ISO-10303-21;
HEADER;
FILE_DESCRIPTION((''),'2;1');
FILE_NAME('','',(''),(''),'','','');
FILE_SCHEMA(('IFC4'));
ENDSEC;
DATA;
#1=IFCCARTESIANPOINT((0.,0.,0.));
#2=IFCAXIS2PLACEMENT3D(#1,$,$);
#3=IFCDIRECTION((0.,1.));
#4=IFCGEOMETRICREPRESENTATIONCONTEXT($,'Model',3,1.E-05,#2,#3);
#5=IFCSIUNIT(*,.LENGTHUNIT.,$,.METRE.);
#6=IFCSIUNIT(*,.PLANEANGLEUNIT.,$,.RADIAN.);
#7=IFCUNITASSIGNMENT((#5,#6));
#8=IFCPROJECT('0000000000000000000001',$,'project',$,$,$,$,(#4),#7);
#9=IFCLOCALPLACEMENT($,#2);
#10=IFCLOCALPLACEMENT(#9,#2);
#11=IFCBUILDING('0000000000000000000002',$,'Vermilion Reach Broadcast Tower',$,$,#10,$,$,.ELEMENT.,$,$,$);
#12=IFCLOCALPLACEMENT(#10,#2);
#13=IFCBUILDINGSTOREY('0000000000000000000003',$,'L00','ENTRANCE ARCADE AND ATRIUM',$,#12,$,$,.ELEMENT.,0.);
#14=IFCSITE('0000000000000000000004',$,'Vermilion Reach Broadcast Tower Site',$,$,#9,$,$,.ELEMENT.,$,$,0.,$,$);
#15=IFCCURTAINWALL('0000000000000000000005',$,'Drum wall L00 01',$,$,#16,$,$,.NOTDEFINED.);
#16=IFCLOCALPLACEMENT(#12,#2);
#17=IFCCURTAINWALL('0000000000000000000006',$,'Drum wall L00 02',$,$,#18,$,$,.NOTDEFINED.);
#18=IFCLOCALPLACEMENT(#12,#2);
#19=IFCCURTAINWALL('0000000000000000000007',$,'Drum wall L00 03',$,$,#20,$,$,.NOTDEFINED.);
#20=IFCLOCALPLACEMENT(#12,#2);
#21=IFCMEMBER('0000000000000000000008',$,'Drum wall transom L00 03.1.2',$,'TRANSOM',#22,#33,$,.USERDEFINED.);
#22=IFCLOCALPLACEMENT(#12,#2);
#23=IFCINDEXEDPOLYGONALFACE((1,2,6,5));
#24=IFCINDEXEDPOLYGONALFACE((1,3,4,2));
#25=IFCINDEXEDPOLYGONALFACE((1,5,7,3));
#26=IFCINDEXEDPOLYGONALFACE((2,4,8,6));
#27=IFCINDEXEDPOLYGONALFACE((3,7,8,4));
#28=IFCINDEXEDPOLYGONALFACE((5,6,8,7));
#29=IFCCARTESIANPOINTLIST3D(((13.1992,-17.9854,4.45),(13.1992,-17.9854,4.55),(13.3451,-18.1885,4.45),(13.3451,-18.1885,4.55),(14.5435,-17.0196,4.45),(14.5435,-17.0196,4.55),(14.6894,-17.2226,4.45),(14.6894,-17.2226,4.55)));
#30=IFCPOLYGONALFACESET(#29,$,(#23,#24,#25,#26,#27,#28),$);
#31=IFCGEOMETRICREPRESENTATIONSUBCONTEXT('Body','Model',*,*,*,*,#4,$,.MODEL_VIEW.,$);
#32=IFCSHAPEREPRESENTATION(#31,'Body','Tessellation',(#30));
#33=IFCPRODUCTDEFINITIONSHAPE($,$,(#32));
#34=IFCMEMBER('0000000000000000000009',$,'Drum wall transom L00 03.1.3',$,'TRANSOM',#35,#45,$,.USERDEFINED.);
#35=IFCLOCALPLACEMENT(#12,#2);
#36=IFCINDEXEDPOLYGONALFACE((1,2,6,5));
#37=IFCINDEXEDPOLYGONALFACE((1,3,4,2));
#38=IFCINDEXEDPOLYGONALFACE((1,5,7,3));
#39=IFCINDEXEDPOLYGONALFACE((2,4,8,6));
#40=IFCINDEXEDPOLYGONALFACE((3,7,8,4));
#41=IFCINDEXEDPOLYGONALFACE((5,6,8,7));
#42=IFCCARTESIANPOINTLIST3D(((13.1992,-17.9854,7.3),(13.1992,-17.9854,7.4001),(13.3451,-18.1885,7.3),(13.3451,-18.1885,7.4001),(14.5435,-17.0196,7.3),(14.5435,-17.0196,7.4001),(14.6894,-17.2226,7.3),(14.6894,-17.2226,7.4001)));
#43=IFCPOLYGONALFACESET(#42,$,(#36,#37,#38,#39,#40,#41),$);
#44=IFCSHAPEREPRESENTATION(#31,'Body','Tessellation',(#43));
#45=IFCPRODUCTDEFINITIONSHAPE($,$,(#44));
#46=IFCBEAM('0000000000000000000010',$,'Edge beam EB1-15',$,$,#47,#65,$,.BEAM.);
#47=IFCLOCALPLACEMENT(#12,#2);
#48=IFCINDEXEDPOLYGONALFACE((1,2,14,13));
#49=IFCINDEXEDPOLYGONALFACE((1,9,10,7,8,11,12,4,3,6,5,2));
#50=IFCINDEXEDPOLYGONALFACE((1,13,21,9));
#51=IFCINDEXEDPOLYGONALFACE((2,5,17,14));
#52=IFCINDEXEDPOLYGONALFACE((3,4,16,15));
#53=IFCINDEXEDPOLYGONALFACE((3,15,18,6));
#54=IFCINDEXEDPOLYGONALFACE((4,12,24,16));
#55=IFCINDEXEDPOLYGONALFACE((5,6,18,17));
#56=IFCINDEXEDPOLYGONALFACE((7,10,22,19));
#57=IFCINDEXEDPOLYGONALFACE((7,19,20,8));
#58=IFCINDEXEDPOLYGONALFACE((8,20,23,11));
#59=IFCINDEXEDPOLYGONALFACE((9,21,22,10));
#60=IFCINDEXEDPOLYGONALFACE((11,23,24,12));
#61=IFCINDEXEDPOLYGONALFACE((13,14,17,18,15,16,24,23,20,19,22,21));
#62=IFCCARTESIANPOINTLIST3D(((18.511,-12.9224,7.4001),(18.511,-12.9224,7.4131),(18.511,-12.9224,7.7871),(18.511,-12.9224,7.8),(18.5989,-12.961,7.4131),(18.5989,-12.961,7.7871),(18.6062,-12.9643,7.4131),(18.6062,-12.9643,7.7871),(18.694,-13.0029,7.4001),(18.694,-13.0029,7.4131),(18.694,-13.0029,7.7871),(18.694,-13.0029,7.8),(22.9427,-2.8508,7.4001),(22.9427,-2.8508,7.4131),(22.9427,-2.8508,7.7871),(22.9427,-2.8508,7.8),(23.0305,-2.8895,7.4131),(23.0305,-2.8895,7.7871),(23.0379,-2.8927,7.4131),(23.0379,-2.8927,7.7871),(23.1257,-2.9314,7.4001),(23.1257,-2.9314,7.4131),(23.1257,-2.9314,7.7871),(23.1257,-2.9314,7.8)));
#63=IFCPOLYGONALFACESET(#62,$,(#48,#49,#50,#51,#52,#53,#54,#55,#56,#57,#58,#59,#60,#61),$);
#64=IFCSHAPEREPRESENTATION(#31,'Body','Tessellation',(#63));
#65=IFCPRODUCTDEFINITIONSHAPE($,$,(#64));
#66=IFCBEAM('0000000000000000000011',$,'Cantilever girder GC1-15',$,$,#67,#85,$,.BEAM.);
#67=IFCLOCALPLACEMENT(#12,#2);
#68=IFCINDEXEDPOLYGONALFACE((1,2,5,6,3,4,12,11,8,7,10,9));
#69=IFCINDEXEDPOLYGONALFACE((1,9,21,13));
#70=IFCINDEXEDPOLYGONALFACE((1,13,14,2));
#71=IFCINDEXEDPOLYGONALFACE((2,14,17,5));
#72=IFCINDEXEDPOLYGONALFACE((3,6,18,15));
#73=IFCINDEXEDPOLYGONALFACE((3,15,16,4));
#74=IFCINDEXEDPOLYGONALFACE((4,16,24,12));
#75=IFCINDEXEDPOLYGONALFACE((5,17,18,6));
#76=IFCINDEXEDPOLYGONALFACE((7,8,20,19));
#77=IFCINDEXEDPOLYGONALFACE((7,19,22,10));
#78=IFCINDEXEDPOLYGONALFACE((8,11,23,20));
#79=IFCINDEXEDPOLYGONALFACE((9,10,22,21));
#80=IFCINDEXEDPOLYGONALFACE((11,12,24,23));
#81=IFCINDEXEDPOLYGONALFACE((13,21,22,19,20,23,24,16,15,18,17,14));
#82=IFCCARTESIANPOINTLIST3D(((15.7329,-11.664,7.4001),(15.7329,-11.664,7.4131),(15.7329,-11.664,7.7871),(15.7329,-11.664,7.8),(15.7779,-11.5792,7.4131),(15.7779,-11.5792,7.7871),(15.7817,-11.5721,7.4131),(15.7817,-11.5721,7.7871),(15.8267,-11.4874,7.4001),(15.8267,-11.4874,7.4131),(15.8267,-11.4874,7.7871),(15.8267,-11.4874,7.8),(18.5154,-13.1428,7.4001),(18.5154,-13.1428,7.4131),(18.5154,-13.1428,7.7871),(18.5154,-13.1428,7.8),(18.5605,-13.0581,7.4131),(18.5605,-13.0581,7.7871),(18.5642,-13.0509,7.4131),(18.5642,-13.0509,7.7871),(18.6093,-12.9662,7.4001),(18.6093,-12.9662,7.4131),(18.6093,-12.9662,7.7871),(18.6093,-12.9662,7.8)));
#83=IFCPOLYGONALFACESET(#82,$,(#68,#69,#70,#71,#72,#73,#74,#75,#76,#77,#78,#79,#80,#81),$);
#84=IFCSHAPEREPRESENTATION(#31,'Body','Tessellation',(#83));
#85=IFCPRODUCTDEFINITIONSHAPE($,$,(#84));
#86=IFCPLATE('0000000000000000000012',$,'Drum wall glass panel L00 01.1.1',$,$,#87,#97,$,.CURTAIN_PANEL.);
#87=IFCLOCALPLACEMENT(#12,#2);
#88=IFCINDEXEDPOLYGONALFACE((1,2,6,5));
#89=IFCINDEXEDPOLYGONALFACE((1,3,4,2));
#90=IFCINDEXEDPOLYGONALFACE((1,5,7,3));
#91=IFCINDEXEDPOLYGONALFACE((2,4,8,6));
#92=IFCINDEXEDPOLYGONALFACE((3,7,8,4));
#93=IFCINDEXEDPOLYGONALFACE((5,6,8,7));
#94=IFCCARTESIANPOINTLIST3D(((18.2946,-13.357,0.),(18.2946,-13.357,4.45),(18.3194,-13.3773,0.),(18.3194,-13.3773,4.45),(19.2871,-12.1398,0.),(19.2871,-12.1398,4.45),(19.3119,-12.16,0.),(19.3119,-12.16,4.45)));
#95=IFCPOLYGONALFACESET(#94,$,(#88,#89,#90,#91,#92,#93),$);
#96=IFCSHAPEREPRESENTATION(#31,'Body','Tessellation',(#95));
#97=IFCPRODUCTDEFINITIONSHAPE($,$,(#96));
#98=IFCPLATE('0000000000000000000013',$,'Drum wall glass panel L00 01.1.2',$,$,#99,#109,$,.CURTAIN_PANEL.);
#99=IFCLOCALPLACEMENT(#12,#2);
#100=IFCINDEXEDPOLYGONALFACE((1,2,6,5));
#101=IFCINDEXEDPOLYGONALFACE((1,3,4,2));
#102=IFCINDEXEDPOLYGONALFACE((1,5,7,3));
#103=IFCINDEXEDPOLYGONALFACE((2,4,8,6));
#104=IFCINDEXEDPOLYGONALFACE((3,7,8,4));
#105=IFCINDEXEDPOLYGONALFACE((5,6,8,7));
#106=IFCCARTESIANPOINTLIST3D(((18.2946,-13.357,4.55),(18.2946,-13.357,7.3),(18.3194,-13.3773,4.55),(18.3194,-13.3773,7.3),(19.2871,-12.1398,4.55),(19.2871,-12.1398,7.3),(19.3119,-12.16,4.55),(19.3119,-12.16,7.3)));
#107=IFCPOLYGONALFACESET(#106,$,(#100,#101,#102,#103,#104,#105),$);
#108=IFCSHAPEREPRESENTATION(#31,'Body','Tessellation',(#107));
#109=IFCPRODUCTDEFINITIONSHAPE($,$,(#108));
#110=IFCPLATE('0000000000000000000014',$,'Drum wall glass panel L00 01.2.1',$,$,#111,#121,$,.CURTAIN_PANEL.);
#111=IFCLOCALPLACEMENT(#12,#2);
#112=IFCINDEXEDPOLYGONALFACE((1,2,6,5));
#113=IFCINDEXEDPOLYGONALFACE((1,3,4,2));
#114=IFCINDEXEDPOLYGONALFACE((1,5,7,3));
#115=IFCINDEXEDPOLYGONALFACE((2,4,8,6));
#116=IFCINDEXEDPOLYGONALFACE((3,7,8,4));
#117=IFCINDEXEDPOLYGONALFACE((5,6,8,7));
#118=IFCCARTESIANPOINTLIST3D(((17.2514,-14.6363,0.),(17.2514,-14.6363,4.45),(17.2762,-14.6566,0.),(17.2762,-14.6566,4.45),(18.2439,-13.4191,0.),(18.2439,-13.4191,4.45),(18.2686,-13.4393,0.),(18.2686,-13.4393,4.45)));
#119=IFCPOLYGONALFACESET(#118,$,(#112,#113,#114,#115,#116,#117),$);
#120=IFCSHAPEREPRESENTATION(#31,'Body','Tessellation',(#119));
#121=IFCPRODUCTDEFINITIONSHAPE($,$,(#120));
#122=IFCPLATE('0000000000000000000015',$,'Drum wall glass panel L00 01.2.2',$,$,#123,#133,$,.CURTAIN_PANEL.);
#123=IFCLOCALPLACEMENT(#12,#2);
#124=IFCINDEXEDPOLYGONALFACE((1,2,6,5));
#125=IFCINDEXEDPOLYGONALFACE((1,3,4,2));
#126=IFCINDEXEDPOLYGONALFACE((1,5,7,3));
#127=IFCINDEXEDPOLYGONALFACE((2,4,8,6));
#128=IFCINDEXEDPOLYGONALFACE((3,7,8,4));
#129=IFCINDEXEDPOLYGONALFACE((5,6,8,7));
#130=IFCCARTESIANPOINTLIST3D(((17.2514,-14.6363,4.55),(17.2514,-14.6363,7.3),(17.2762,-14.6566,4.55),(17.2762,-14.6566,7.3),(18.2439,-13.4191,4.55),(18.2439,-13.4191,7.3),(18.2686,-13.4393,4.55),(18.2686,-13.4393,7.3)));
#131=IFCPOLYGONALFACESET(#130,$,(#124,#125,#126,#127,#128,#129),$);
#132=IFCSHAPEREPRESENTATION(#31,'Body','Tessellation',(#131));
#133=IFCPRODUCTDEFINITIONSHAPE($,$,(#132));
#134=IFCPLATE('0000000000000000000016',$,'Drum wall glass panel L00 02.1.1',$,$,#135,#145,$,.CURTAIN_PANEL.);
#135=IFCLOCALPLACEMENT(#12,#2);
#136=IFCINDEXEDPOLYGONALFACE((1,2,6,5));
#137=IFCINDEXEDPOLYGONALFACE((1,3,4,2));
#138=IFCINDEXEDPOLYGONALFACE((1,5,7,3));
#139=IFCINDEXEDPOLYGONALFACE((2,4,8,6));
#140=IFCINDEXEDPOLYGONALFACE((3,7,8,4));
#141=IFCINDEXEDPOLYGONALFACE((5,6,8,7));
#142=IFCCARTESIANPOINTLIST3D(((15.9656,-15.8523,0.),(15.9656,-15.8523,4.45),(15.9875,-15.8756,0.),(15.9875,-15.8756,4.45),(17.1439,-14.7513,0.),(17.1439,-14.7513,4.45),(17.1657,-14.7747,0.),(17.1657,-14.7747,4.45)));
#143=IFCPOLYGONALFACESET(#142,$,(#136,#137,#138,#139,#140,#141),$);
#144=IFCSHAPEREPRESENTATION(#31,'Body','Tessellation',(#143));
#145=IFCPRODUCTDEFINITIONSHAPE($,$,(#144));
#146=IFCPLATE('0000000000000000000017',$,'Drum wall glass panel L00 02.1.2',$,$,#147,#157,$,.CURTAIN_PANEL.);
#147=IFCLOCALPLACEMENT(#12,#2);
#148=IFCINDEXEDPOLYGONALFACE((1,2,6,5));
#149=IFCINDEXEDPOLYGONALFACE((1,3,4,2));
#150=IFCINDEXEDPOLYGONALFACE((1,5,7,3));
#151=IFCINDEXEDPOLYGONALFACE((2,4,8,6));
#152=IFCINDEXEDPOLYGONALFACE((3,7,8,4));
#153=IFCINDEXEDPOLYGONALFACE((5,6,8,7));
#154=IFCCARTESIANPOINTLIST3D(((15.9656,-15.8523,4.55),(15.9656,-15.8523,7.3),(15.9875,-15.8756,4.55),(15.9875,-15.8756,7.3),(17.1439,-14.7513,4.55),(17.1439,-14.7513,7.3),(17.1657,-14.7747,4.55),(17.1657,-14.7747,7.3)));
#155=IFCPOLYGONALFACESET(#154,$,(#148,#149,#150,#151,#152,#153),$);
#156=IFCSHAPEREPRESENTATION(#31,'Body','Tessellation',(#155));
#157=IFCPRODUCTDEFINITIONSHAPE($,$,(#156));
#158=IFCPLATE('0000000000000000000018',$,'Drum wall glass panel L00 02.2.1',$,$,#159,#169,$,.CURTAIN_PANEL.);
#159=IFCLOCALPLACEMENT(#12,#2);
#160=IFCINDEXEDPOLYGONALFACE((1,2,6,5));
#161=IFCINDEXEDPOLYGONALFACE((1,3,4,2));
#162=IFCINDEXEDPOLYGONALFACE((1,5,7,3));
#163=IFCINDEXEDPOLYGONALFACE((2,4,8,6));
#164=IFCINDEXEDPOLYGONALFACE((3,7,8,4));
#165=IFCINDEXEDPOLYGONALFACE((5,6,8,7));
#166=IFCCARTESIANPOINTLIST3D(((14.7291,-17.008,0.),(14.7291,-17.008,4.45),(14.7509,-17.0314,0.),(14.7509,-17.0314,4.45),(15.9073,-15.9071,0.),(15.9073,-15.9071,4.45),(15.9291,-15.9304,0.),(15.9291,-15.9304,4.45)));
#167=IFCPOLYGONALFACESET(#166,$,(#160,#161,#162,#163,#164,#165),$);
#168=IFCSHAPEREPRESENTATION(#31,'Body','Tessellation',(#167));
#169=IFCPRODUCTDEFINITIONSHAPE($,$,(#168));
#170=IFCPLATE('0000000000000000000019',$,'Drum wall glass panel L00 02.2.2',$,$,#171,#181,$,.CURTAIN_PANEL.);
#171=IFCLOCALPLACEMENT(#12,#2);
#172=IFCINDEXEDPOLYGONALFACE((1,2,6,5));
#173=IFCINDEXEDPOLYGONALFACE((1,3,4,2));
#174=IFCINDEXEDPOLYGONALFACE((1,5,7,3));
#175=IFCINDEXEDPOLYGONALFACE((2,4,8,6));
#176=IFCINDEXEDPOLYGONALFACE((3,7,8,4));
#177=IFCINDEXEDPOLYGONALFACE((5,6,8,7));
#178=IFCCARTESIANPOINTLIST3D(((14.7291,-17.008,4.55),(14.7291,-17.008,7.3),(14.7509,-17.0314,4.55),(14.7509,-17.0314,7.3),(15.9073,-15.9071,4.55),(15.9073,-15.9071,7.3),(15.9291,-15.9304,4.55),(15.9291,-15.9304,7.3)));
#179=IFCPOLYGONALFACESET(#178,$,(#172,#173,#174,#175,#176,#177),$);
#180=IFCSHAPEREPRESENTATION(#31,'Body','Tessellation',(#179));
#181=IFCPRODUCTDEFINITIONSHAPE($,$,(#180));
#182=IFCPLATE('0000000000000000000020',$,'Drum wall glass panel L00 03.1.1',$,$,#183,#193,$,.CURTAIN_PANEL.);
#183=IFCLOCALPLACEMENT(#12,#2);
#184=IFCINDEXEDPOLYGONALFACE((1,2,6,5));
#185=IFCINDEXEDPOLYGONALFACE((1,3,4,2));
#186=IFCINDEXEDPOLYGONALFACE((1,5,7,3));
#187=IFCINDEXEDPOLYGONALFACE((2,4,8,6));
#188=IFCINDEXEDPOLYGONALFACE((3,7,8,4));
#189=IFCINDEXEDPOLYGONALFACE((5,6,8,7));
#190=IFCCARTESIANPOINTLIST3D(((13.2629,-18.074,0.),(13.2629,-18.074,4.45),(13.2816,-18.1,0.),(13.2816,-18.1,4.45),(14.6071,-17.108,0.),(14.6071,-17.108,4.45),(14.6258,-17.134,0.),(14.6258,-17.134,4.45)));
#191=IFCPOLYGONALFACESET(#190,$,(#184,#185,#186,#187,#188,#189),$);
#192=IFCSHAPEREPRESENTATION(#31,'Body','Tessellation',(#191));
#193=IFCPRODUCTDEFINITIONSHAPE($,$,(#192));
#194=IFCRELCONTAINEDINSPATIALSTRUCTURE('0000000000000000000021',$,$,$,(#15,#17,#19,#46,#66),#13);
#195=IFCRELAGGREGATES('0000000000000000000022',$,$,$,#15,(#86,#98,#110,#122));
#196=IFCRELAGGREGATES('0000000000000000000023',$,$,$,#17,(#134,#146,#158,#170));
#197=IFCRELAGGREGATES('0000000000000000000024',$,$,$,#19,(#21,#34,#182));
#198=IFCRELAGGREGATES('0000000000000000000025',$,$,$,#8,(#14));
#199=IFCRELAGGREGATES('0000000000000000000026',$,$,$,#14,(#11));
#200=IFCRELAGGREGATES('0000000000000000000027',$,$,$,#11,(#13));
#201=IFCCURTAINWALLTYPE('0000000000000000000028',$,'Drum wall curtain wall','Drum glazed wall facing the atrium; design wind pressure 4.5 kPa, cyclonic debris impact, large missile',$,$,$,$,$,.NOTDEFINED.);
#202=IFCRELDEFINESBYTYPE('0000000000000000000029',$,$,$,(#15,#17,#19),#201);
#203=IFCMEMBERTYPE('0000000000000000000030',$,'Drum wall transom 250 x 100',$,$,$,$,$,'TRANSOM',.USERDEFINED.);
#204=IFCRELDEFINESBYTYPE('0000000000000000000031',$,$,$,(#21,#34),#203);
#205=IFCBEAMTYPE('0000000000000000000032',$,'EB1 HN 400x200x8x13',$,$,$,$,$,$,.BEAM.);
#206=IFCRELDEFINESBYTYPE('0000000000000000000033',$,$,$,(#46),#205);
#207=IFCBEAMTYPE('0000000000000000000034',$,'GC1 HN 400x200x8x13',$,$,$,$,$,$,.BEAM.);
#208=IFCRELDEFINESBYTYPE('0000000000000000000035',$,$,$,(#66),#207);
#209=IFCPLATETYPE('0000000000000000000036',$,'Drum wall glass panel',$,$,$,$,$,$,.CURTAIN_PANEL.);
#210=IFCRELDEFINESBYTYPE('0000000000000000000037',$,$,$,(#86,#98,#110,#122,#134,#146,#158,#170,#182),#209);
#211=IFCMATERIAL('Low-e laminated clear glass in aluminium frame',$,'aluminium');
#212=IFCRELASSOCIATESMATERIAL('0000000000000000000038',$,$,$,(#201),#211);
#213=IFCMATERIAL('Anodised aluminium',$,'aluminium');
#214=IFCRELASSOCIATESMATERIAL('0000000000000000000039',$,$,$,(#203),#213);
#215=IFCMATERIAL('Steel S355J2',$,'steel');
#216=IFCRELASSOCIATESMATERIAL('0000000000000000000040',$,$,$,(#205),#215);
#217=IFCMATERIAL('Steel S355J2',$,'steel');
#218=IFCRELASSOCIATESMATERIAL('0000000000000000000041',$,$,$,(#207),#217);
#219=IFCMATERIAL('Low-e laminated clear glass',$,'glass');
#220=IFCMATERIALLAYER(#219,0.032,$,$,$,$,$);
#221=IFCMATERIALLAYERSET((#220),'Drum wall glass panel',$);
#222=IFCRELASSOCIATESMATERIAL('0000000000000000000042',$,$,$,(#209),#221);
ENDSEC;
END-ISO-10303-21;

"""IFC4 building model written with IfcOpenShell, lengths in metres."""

from ifc_helpers import new_model, si_unit, direction, frame, origin, origin_2d, place, context, subcontext, project, spatial, rectangle, i_section, extrude, material, layer, layer_set, material_profile, profile_set, type_object, element, aggregate, save


model = new_model("IFC4")

# Units and contexts
model_context = context("Model", 3, precision=1e-05, world=origin(), true_north=direction((0.0, 1.0)))
body_context = subcontext(model_context, "Body", "Model", "MODEL_VIEW")
ifc_project = project(units=[si_unit("LENGTHUNIT", "METRE"), si_unit("PLANEANGLEUNIT", "RADIAN")], contexts=[model_context])

# Site, building, storey
site_placement = place(None, origin())
site = spatial("IfcSite", under=ifc_project, at=site_placement, Name="Vermilion Reach Broadcast Tower Site", CompositionType="ELEMENT", RefElevation=0.0)
building_placement = place(site_placement, origin())
building = spatial("IfcBuilding", under=site, at=building_placement, Name="Vermilion Reach Broadcast Tower", CompositionType="ELEMENT")
storey_placement = place(building_placement, origin())
storey = spatial("IfcBuildingStorey", under=building, at=storey_placement, Name="L00", Description="ENTRANCE ARCADE AND ATRIUM", CompositionType="ELEMENT", Elevation=0.0)

# Curtain walls
ifc_material_1 = material(Name="Low-e laminated clear glass in aluminium frame", Category="aluminium")
curtain_wall_type = type_object("IfcCurtainWallType", Name="Drum wall curtain wall", Description="Drum glazed wall facing the atrium; design wind pressure 4.5 kPa, cyclonic debris impact, large missile", PredefinedType="NOTDEFINED", material=ifc_material_1)
placement = place(storey_placement, origin())
curtain_wall_1 = element("IfcCurtainWall", 1, at=placement, inside=storey, type_object=curtain_wall_type, Name="Drum wall L00 01", PredefinedType="NOTDEFINED")
curtain_wall_2 = element("IfcCurtainWall", 2, at=placement, inside=storey, type_object=curtain_wall_type, Name="Drum wall L00 02", PredefinedType="NOTDEFINED")

# Curtain wall
curtain_wall_3 = element("IfcCurtainWall", 3, at=placement, inside=storey, type_object=curtain_wall_type, Name="Drum wall L00 03", PredefinedType="NOTDEFINED")

# Members
ifc_material_2 = material(Name="Anodised aluminium", Category="aluminium")
ifc_material_profile_1 = material_profile(ifc_material_2, rectangle(XDim=0.25, YDim=0.1001, at=origin_2d()), Name="Drum wall transom 250 x 100")
ifc_profile_set_1 = profile_set([ifc_material_profile_1], Name="Anodised aluminium")
member_type_1 = type_object("IfcMemberType", Name="Drum wall transom 250 x 100", ElementType="TRANSOM", PredefinedType="USERDEFINED", material=ifc_profile_set_1)
member_1_placement = place(storey_placement, frame((14.6165, -17.1211, 4.5), z_axis=(-0.812116, -0.583496, 0.0), x_axis=(0.583496, -0.812116, 0.0)))
member_1 = element("IfcMember", 4, at=member_1_placement, type_object=member_type_1, Name="Drum wall transom L00 03.1.2", ObjectType="TRANSOM", PredefinedType="USERDEFINED", context=body_context, shape_type="SweptSolid", body=[
    extrude(rectangle(XDim=0.25, YDim=0.1001, at=origin_2d()), origin(), (0.0, 0.0, 1.0), 1.6553),
])
member_2_placement = place(storey_placement, frame((14.6165, -17.1211, 7.3501), z_axis=(-0.812116, -0.583496, 0.0), x_axis=(0.583496, -0.812116, 0.0)))
member_2 = element("IfcMember", 5, at=member_2_placement, type_object=member_type_1, Name="Drum wall transom L00 03.1.3", ObjectType="TRANSOM", PredefinedType="USERDEFINED", context=body_context, shape_type="SweptSolid", body=[
    extrude(rectangle(XDim=0.25, YDim=0.1001, at=origin_2d()), origin(), (0.0, 0.0, 1.0), 1.6553),
])

# Beams
ifc_material_3 = material(Name="Steel S355J2", Category="steel")
ifc_material_profile_2 = material_profile(ifc_material_3, i_section(OverallWidth=0.2, OverallDepth=0.3999, WebThickness=0.0081, FlangeThickness=0.0129, at=origin_2d()), Name="S355J2 HN 400x200x8x13")
ifc_profile_set_2 = profile_set([ifc_material_profile_2], Name="Steel S355J2")
beam_type_1 = type_object("IfcBeamType", Name="EB1 HN 400x200x8x13", PredefinedType="BEAM", material=ifc_profile_set_2)
beam_1_placement = place(storey_placement, frame((18.6025, -12.9626, 7.6001), z_axis=(0.402751, 0.915309, 0.0), x_axis=(-0.915309, 0.402751, 0.0)))
element("IfcBeam", 6, at=beam_1_placement, inside=storey, type_object=beam_type_1, Name="Edge beam EB1-15", PredefinedType="BEAM", context=body_context, shape_type="SweptSolid", body=[
    extrude(i_section(OverallWidth=0.2, OverallDepth=0.3999, WebThickness=0.0081, FlangeThickness=0.0129, at=origin_2d()), origin(), (0.0, 0.0, 1.0), 11.0034),
])
ifc_material_4 = material(Name="Steel S355J2", Category="steel")
ifc_material_profile_3 = material_profile(ifc_material_4, i_section(OverallWidth=0.2, OverallDepth=0.3999, WebThickness=0.0081, FlangeThickness=0.0129, at=origin_2d()), Name="S355J2 HN 400x200x8x13")
ifc_profile_set_3 = profile_set([ifc_material_profile_3], Name="Steel S355J2")
beam_type_2 = type_object("IfcBeamType", Name="GC1 HN 400x200x8x13", PredefinedType="BEAM", material=ifc_profile_set_3)
beam_2_placement = place(storey_placement, frame((15.7798, -11.5757, 7.6001), z_axis=(0.88304, -0.469297, 0.0), x_axis=(0.469297, 0.88304, 0.0)))
element("IfcBeam", 7, at=beam_2_placement, inside=storey, type_object=beam_type_2, Name="Cantilever girder GC1-15", PredefinedType="BEAM", context=body_context, shape_type="SweptSolid", body=[
    extrude(i_section(OverallWidth=0.2, OverallDepth=0.3999, WebThickness=0.0081, FlangeThickness=0.0129, at=origin_2d()), origin(), (0.0, 0.0, 1.0), 3.1511),
])

# Plates
ifc_material_5 = material(Name="Low-e laminated clear glass", Category="glass")
ifc_layer_1 = layer(ifc_material_5, 0.032)
ifc_layer_set_1 = layer_set([ifc_layer_1], Name="Drum wall glass panel")
plate_type = type_object("IfcPlateType", Name="Drum wall glass panel", PredefinedType="CURTAIN_PANEL", material=ifc_layer_set_1)
plate_1_placement = place(storey_placement, frame((18.8032, -12.7585, 0.0), z_axis=(0.0, 0.0, 1.0), x_axis=(-0.631931, -0.775025, 0.0)))
plate_1 = element("IfcPlate", 8, at=plate_1_placement, type_object=plate_type, Name="Drum wall glass panel L00 01.1.1", PredefinedType="CURTAIN_PANEL", context=body_context, shape_type="SweptSolid", body=[
    extrude(rectangle(XDim=1.5706, YDim=0.032, at=origin_2d()), origin(), (0.0, 0.0, 1.0), 4.45),
])
plate_2_placement = place(storey_placement, frame((18.8032, -12.7585, 4.55), z_axis=(0.0, 0.0, 1.0), x_axis=(-0.631931, -0.775025, 0.0)))
plate_2 = element("IfcPlate", 9, at=plate_2_placement, type_object=plate_type, Name="Drum wall glass panel L00 01.1.2", PredefinedType="CURTAIN_PANEL", context=body_context, shape_type="SweptSolid", body=[
    extrude(rectangle(XDim=1.5706, YDim=0.032, at=origin_2d()), origin(), (0.0, 0.0, 1.0), 2.75),
])
plate_3_placement = place(storey_placement, frame((17.76, -14.0378, 0.0), z_axis=(0.0, 0.0, 1.0), x_axis=(-0.631931, -0.775025, 0.0)))
plate_3 = element("IfcPlate", 10, at=plate_3_placement, type_object=plate_type, Name="Drum wall glass panel L00 01.2.1", PredefinedType="CURTAIN_PANEL", context=body_context, shape_type="SweptSolid", body=[
    extrude(rectangle(XDim=1.5706, YDim=0.032, at=origin_2d()), origin(), (0.0, 0.0, 1.0), 4.45),
])
plate_4_placement = place(storey_placement, frame((17.76, -14.0378, 4.55), z_axis=(0.0, 0.0, 1.0), x_axis=(-0.631931, -0.775025, 0.0)))
plate_4 = element("IfcPlate", 11, at=plate_4_placement, type_object=plate_type, Name="Drum wall glass panel L00 01.2.2", PredefinedType="CURTAIN_PANEL", context=body_context, shape_type="SweptSolid", body=[
    extrude(rectangle(XDim=1.5706, YDim=0.032, at=origin_2d()), origin(), (0.0, 0.0, 1.0), 2.75),
])
aggregate(curtain_wall_1, [plate_1, plate_2, plate_3, plate_4])
plate_5_placement = place(storey_placement, frame((16.5657, -15.3135, 0.0), z_axis=(0.0, 0.0, 1.0), x_axis=(-0.730654, -0.682748, 0.0)))
plate_5 = element("IfcPlate", 12, at=plate_5_placement, type_object=plate_type, Name="Drum wall glass panel L00 02.1.1", PredefinedType="CURTAIN_PANEL", context=body_context, shape_type="SweptSolid", body=[
    extrude(rectangle(XDim=1.6125, YDim=0.032, at=origin_2d()), origin(), (0.0, 0.0, 1.0), 4.45),
])
plate_6_placement = place(storey_placement, frame((16.5657, -15.3135, 4.55), z_axis=(0.0, 0.0, 1.0), x_axis=(-0.730654, -0.682748, 0.0)))
plate_6 = element("IfcPlate", 13, at=plate_6_placement, type_object=plate_type, Name="Drum wall glass panel L00 02.1.2", PredefinedType="CURTAIN_PANEL", context=body_context, shape_type="SweptSolid", body=[
    extrude(rectangle(XDim=1.6125, YDim=0.032, at=origin_2d()), origin(), (0.0, 0.0, 1.0), 2.75),
])
plate_7_placement = place(storey_placement, frame((15.3291, -16.4692, 0.0), z_axis=(0.0, 0.0, 1.0), x_axis=(-0.730654, -0.682748, 0.0)))
plate_7 = element("IfcPlate", 14, at=plate_7_placement, type_object=plate_type, Name="Drum wall glass panel L00 02.2.1", PredefinedType="CURTAIN_PANEL", context=body_context, shape_type="SweptSolid", body=[
    extrude(rectangle(XDim=1.6125, YDim=0.032, at=origin_2d()), origin(), (0.0, 0.0, 1.0), 4.45),
])
plate_8_placement = place(storey_placement, frame((15.3291, -16.4692, 4.55), z_axis=(0.0, 0.0, 1.0), x_axis=(-0.730654, -0.682748, 0.0)))
plate_8 = element("IfcPlate", 15, at=plate_8_placement, type_object=plate_type, Name="Drum wall glass panel L00 02.2.2", PredefinedType="CURTAIN_PANEL", context=body_context, shape_type="SweptSolid", body=[
    extrude(rectangle(XDim=1.6125, YDim=0.032, at=origin_2d()), origin(), (0.0, 0.0, 1.0), 2.75),
])
aggregate(curtain_wall_2, [plate_5, plate_6, plate_7, plate_8])
plate_9_placement = place(storey_placement, frame((13.9443, -17.604, 0.0), z_axis=(0.0, 0.0, 1.0), x_axis=(-0.812051, -0.583587, 0.0)))
plate_9 = element("IfcPlate", 16, at=plate_9_placement, type_object=plate_type, Name="Drum wall glass panel L00 03.1.1", PredefinedType="CURTAIN_PANEL", context=body_context, shape_type="SweptSolid", body=[
    extrude(rectangle(XDim=1.6553, YDim=0.032, at=origin_2d()), origin(), (0.0, 0.0, 1.0), 4.45),
])
aggregate(curtain_wall_3, [member_1, member_2, plate_9])

save(model, "model.ifc")
